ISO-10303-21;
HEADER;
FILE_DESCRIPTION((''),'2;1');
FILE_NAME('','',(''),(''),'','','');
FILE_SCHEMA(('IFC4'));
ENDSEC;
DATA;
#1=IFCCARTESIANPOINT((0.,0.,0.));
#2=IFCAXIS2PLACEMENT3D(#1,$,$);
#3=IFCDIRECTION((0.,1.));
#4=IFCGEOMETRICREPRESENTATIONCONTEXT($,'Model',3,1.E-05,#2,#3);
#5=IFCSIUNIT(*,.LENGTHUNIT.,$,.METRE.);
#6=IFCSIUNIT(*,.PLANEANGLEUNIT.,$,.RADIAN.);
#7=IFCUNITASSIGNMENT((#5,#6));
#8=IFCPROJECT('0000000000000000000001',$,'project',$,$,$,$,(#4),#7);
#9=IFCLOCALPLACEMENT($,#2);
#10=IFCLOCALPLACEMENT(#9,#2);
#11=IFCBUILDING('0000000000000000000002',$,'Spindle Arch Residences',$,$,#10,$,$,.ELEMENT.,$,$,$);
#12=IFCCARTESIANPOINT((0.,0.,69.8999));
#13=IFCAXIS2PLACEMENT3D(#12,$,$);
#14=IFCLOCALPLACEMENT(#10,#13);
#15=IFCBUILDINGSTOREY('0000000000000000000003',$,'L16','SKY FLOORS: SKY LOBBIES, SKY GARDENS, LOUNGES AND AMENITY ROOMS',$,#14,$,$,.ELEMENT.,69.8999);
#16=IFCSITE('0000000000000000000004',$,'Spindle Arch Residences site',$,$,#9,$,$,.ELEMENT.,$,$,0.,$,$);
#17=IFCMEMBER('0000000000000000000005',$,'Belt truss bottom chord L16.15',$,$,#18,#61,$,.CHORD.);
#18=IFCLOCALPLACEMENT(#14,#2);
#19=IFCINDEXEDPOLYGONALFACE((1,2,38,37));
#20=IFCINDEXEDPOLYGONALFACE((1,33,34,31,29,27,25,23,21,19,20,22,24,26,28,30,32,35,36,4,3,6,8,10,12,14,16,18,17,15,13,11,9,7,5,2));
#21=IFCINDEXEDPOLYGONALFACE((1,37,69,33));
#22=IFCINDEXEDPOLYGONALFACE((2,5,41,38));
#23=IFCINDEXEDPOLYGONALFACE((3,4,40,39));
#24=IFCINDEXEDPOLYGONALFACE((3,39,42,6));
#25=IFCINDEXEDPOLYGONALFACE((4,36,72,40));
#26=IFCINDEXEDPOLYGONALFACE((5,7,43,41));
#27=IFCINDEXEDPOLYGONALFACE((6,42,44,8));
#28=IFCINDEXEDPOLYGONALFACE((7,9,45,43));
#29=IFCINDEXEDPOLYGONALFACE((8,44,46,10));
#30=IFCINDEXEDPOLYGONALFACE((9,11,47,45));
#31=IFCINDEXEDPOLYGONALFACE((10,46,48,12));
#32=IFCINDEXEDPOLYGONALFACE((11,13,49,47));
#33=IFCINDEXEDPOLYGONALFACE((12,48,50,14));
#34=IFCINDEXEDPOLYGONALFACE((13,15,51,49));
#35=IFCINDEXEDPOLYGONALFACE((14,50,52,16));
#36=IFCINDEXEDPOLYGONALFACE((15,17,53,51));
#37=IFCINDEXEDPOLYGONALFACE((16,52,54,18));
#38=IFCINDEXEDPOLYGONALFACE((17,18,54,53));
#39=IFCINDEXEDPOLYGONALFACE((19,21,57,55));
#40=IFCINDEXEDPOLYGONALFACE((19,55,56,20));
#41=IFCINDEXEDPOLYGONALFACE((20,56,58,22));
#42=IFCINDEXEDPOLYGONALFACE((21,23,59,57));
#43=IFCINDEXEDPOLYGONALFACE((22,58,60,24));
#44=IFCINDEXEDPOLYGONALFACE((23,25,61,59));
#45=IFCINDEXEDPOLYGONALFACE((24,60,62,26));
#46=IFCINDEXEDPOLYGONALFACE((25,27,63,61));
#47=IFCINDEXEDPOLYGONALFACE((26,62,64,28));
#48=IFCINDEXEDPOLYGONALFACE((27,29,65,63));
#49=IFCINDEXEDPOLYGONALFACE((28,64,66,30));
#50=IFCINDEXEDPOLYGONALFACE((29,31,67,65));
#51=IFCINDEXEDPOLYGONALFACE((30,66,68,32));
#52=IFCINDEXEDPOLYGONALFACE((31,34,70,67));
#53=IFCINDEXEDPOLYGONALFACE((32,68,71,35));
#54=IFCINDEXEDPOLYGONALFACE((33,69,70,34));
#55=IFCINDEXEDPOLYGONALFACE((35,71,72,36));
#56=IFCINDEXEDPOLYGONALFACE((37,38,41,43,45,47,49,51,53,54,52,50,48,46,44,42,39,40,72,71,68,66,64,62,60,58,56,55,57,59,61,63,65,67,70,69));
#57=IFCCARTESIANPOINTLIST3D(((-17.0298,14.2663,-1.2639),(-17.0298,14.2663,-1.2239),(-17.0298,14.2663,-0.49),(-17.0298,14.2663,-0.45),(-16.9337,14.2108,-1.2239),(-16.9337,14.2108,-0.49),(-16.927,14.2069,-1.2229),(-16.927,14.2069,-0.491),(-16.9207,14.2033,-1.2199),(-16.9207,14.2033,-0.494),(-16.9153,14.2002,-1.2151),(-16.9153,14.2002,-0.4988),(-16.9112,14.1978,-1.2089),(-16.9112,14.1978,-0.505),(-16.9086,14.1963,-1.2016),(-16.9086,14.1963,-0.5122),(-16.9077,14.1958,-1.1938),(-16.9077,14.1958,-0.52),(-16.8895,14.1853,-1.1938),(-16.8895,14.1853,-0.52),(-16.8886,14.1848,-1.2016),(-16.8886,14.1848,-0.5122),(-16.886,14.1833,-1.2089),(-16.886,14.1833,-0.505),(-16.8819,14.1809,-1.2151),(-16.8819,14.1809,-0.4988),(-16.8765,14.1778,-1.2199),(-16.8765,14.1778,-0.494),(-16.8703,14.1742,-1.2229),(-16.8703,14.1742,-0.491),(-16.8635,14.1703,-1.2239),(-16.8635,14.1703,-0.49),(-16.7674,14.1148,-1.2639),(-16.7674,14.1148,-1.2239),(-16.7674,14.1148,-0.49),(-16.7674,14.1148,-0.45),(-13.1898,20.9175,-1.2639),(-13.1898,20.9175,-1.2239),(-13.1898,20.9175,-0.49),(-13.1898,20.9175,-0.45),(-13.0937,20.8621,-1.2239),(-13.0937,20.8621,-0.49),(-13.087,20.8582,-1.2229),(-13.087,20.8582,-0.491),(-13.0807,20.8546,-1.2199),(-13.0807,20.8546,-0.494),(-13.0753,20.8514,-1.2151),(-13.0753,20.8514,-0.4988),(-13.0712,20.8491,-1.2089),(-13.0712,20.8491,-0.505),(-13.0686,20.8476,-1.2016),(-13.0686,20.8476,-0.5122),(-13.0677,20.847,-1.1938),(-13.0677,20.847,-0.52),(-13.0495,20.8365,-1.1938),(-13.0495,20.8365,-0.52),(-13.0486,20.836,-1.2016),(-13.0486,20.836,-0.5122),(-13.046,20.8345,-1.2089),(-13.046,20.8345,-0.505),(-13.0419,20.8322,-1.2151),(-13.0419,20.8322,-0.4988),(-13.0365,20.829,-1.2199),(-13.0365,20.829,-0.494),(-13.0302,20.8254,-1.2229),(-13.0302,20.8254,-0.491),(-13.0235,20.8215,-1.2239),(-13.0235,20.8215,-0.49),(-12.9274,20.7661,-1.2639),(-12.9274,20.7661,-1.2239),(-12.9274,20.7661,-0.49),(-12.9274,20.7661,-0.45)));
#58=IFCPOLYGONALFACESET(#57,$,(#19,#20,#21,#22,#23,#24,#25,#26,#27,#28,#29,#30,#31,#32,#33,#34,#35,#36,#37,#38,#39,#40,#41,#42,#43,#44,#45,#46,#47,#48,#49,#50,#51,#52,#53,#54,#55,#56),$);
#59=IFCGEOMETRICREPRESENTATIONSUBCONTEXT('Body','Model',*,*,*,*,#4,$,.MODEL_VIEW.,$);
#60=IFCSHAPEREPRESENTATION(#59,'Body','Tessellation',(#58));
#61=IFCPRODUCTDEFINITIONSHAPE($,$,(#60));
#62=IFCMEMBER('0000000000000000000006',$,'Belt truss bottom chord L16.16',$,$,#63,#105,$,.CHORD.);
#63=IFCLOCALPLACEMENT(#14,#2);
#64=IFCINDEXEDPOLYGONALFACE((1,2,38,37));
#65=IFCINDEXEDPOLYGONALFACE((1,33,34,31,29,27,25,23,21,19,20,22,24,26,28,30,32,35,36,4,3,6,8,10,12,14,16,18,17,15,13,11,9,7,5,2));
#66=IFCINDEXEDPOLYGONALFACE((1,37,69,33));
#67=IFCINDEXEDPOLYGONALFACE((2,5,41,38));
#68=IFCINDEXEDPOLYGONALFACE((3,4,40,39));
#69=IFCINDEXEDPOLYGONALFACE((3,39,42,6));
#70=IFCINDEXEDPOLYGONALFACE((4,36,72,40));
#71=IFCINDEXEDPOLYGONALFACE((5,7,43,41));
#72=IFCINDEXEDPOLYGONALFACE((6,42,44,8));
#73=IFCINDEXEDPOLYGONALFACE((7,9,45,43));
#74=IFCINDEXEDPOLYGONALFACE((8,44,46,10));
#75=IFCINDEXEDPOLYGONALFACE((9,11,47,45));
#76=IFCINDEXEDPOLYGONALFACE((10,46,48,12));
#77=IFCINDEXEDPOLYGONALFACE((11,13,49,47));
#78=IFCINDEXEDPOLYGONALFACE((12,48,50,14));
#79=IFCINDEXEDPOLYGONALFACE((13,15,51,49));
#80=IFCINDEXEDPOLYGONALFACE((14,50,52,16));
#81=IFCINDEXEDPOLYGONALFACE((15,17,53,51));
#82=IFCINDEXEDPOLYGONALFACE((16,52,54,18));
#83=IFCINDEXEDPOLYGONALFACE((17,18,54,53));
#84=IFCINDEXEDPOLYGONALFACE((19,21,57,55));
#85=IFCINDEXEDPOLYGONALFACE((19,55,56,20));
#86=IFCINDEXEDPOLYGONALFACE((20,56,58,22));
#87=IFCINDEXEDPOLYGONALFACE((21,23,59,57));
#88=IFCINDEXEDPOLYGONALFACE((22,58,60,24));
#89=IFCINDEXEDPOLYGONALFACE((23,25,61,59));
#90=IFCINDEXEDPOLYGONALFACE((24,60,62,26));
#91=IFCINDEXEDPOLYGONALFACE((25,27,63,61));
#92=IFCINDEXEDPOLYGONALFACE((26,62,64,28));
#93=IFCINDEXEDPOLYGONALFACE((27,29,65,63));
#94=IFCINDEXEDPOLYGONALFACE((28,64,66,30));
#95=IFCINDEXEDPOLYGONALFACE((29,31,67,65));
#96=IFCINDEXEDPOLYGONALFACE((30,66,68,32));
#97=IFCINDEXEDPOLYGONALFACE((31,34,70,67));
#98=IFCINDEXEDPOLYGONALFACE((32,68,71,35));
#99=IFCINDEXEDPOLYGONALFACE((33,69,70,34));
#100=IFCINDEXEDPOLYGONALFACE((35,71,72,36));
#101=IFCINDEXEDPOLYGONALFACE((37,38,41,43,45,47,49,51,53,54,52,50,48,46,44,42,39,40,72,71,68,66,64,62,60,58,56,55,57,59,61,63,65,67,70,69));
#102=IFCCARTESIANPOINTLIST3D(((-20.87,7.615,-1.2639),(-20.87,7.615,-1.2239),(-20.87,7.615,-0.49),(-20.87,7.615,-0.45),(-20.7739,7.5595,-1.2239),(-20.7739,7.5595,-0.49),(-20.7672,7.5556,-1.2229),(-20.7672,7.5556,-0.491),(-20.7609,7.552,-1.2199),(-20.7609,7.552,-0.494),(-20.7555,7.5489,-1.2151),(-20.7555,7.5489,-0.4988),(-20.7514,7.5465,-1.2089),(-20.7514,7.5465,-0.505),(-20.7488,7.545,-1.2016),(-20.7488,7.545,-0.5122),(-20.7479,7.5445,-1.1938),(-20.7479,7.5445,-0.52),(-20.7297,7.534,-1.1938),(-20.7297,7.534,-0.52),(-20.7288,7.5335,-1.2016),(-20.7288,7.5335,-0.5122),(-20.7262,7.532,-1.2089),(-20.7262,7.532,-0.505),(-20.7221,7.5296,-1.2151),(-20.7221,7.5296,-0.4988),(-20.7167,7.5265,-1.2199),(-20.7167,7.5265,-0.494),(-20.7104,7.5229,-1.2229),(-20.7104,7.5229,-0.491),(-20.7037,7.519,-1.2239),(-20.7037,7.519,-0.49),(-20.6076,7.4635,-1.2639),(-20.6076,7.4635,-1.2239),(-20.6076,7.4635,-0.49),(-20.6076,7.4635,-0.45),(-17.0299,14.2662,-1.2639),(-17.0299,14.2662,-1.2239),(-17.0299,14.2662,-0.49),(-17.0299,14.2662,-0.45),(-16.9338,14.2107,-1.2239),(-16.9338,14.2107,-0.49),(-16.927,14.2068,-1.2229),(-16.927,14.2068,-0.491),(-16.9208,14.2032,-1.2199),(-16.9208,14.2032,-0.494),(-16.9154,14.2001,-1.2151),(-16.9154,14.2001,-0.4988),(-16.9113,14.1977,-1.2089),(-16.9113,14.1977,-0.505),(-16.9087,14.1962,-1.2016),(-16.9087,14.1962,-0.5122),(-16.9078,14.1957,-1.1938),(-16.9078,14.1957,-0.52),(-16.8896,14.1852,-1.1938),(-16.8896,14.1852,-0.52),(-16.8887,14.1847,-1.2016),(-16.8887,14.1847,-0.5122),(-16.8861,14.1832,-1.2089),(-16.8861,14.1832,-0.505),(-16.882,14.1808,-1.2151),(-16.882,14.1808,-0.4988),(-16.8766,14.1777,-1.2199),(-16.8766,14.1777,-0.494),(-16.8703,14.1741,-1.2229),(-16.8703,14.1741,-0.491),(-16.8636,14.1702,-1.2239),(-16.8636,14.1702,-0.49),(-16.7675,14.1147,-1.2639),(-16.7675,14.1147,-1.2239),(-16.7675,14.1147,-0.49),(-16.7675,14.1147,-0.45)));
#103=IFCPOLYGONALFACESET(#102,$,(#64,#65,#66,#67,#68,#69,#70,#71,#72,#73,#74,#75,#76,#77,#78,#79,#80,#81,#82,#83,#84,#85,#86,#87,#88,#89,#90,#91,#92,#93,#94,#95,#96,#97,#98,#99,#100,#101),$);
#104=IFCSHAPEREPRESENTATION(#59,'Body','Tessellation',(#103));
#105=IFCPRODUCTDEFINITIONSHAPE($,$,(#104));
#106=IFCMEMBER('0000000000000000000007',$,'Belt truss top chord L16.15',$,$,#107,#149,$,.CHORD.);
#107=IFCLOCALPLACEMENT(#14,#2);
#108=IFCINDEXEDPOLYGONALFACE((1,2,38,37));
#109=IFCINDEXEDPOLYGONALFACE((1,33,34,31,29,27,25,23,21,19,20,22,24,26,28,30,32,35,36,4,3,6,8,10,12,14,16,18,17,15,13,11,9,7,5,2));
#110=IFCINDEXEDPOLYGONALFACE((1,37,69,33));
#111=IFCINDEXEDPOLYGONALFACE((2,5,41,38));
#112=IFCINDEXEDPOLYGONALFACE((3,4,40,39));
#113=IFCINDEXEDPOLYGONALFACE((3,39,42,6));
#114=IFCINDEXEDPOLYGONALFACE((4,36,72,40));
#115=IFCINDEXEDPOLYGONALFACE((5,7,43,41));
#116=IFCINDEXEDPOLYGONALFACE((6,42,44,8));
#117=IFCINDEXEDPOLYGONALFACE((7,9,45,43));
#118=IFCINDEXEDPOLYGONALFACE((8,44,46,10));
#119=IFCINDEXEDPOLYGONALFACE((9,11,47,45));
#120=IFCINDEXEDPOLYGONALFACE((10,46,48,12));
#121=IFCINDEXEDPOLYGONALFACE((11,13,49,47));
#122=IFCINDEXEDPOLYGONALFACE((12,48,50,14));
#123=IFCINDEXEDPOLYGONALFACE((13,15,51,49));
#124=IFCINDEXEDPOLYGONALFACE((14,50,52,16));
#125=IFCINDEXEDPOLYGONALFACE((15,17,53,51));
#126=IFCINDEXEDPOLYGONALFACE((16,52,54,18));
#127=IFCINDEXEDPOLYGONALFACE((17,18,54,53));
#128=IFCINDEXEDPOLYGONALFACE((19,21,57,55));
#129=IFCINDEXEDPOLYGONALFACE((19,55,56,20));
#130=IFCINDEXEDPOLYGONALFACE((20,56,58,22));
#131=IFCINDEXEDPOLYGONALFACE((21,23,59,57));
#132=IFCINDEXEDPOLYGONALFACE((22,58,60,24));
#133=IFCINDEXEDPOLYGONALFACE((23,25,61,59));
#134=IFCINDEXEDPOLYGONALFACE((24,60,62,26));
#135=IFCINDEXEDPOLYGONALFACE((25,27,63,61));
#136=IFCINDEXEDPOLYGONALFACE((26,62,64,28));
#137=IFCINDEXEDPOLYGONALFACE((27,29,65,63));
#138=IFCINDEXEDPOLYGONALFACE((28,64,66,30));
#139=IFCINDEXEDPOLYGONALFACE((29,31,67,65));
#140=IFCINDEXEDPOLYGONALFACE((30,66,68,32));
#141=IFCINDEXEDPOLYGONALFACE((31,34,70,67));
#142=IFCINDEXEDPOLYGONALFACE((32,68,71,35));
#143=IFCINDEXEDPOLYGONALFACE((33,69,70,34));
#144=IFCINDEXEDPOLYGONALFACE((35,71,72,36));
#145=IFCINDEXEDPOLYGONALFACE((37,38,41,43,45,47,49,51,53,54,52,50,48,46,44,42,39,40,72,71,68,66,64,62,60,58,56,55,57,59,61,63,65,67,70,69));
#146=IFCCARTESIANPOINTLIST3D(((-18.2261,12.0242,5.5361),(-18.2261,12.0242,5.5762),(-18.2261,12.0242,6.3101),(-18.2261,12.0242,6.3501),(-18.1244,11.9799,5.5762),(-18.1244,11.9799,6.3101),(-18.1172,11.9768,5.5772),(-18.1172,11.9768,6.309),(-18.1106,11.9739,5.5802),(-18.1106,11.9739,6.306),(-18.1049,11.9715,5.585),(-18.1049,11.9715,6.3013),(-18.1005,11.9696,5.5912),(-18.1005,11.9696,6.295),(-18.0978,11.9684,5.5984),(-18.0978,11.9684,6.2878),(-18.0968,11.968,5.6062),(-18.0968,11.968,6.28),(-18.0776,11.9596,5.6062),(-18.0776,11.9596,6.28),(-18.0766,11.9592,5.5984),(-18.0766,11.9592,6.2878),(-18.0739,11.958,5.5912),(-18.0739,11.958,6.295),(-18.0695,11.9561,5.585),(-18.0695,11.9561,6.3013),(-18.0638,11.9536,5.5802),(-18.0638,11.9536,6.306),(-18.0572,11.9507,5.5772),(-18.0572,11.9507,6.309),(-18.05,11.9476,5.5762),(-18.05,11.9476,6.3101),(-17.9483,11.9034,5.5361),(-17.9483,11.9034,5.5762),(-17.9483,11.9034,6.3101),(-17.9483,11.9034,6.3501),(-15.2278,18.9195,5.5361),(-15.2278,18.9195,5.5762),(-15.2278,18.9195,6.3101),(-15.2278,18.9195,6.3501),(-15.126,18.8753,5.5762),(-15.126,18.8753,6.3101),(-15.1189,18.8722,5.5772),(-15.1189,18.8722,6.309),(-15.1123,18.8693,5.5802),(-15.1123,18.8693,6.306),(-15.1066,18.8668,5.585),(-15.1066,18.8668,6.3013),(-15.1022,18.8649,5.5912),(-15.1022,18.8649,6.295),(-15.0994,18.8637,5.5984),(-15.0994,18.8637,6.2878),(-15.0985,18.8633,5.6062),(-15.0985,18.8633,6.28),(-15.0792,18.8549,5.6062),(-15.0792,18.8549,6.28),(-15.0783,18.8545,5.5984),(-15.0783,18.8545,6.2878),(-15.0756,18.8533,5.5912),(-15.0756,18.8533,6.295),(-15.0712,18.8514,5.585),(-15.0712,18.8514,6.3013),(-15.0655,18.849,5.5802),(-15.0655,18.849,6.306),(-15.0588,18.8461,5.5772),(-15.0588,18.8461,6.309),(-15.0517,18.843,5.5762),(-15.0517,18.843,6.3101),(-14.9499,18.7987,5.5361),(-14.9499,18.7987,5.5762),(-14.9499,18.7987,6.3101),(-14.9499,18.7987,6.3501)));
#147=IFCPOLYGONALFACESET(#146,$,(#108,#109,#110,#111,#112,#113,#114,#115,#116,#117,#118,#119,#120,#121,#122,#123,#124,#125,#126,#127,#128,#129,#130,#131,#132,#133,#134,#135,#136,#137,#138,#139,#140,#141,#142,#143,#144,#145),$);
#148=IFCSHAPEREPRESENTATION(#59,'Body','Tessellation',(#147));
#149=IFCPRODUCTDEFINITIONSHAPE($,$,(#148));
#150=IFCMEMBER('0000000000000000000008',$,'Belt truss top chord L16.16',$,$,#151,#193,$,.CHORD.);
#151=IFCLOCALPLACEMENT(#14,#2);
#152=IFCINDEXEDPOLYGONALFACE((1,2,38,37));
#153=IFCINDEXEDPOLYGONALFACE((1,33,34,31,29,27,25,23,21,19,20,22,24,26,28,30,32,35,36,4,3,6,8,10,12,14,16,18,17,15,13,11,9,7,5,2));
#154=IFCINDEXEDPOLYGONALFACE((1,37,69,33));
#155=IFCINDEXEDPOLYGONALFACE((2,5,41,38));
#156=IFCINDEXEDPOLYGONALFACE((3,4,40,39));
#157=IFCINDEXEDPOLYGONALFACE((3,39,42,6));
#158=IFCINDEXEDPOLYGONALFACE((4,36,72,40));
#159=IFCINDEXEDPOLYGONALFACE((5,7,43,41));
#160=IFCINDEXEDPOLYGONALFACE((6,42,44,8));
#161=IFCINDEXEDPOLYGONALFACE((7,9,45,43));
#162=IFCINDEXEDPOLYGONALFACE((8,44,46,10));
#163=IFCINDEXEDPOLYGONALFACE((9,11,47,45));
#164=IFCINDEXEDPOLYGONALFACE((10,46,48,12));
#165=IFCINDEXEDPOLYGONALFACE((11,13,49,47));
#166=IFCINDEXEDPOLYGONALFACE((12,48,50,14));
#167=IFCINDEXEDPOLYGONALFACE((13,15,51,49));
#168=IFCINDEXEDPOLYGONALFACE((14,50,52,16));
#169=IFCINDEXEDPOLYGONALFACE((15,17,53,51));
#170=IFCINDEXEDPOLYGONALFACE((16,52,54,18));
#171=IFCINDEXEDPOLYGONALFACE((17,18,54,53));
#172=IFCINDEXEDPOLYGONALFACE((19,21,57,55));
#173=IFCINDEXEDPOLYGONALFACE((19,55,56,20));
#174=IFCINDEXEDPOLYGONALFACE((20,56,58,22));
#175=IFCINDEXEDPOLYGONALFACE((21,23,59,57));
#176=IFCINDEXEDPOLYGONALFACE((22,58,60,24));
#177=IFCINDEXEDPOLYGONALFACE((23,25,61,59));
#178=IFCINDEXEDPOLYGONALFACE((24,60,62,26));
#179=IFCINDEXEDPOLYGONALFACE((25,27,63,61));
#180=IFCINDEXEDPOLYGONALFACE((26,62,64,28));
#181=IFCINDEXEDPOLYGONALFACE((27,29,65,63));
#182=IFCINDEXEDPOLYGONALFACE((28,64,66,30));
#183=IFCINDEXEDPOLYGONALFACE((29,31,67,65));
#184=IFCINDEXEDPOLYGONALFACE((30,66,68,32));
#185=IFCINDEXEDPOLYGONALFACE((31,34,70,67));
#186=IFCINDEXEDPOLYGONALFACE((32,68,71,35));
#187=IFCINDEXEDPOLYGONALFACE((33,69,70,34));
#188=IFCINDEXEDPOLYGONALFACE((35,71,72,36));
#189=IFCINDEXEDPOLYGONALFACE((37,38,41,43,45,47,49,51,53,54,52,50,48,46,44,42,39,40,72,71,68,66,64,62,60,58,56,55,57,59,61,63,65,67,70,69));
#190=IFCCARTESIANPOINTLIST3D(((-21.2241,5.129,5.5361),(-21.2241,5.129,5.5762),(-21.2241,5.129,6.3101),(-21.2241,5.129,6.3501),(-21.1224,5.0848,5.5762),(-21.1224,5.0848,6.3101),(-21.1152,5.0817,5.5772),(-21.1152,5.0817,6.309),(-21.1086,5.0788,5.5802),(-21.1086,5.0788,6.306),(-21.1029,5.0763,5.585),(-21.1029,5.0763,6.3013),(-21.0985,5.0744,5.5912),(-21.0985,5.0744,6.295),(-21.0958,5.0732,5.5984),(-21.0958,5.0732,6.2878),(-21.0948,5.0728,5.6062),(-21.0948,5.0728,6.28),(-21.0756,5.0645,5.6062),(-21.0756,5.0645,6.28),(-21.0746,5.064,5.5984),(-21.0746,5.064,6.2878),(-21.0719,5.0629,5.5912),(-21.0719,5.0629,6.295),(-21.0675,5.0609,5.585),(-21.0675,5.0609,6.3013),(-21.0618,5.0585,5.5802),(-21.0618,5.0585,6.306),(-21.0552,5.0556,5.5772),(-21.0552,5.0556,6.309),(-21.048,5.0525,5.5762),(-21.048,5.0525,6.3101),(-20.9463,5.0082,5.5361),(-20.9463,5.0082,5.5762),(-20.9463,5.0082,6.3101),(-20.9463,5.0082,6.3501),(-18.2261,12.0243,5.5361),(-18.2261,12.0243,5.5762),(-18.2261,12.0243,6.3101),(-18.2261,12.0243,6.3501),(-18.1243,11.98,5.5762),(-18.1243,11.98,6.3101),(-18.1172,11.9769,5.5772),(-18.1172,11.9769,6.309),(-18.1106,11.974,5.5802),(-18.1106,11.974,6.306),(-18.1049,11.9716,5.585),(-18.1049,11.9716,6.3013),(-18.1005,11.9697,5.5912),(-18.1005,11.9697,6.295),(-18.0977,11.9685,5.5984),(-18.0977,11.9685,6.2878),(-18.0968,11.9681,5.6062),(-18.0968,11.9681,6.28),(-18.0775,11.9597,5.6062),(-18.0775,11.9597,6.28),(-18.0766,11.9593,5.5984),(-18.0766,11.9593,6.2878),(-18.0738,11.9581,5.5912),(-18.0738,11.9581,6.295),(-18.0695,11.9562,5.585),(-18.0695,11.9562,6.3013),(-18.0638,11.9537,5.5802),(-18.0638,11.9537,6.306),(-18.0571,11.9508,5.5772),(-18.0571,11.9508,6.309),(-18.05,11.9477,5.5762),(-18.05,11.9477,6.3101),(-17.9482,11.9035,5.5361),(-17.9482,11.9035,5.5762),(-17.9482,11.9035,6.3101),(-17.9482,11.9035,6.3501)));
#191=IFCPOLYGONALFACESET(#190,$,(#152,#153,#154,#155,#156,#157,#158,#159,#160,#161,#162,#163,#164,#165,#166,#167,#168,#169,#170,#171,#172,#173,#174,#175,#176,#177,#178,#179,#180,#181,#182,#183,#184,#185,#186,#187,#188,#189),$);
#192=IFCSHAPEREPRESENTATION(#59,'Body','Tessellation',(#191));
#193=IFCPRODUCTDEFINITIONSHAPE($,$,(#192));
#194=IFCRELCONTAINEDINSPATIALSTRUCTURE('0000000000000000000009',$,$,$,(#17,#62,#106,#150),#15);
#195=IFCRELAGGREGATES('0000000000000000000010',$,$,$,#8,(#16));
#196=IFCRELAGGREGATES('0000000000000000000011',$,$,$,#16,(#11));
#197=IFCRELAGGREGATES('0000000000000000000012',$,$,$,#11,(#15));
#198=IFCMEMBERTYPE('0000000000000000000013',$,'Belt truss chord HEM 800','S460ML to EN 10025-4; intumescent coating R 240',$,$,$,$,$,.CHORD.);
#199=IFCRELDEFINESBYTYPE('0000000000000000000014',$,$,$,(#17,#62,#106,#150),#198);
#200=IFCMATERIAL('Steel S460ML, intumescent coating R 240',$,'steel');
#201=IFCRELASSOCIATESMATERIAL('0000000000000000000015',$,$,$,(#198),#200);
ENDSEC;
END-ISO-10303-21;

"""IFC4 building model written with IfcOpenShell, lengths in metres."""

from ifc_helpers import new_model, si_unit, direction, frame, origin, origin_2d, place, context, subcontext, project, spatial, i_section, extrude, material, material_profile, profile_set, type_object, element, save


model = new_model("IFC4")

# Units and contexts
model_context = context("Model", 3, precision=1e-05, world=origin(), true_north=direction((0.0, 1.0)))
body_context = subcontext(model_context, "Body", "Model", "MODEL_VIEW")
ifc_project = project(units=[si_unit("LENGTHUNIT", "METRE"), si_unit("PLANEANGLEUNIT", "RADIAN")], contexts=[model_context])

# Site, building, storey
site_placement = place(None, origin())
site = spatial("IfcSite", under=ifc_project, at=site_placement, Name="Spindle Arch Residences site", CompositionType="ELEMENT", RefElevation=0.0)
building_placement = place(site_placement, origin())
building = spatial("IfcBuilding", under=site, at=building_placement, Name="Spindle Arch Residences", CompositionType="ELEMENT")
storey_placement = place(building_placement, frame((0.0, 0.0, 69.8999)))
storey = spatial("IfcBuildingStorey", under=building, at=storey_placement, Name="L16", Description="SKY FLOORS: SKY LOBBIES, SKY GARDENS, LOUNGES AND AMENITY ROOMS", CompositionType="ELEMENT", Elevation=69.8999)

# Members
ifc_material_1 = material(Name="Steel S460ML, intumescent coating R 240", Category="steel")
ifc_material_profile_1 = material_profile(ifc_material_1, i_section(OverallWidth=0.303, OverallDepth=0.814, WebThickness=0.021, FlangeThickness=0.04, FilletRadius=0.03, at=origin_2d()), Name="HEM 800")
ifc_profile_set_1 = profile_set([ifc_material_profile_1], Name="Steel S460ML, intumescent coating R 240")
member_type_1 = type_object("IfcMemberType", Name="Belt truss chord HEM 800", Description="S460ML to EN 10025-4; intumescent coating R 240", PredefinedType="CHORD", material=ifc_profile_set_1)
for number, where, z_axis, x_axis, name in (
    (1, (-13.0586, 20.8418, -0.8569), (-0.499992, -0.86603, 0.0), (0.86603, -0.499992, 0.0), "Belt truss bottom chord L16.15"),
    (2, (-16.8987, 14.1904, -0.8569), (-0.500006, -0.866022, 0.0), (0.866022, -0.500006, 0.0), "Belt truss bottom chord L16.16"),
):
    element("IfcMember", number, at=place(storey_placement, frame(where, z_axis=z_axis, x_axis=x_axis)), inside=storey, type_object=member_type_1, Name=name, PredefinedType="CHORD", context=body_context, shape_type="SweptSolid", body=[
        extrude(i_section(OverallWidth=0.303, OverallDepth=0.814, WebThickness=0.021, FlangeThickness=0.04, FilletRadius=0.03, at=origin_2d()), origin(), (0.0, 0.0, 1.0), 7.6802),
    ])
member_1_placement = place(storey_placement, frame((-15.0889, 18.8591, 5.9431), z_axis=(-0.398765, -0.917053, 0.0), x_axis=(0.917053, -0.398765, 0.0)))
element("IfcMember", 3, at=member_1_placement, inside=storey, type_object=member_type_1, Name="Belt truss top chord L16.15", PredefinedType="CHORD", context=body_context, shape_type="SweptSolid", body=[
    extrude(i_section(OverallWidth=0.303, OverallDepth=0.814, WebThickness=0.021, FlangeThickness=0.04, FilletRadius=0.03, at=origin_2d()), origin(), (0.0, 0.0, 1.0), 7.519),
])
member_2_placement = place(storey_placement, frame((-18.0872, 11.9639, 5.9431), z_axis=(-0.398738, -0.917065, 0.0), x_axis=(0.917065, -0.398738, 0.0)))
element("IfcMember", 4, at=member_2_placement, inside=storey, type_object=member_type_1, Name="Belt truss top chord L16.16", PredefinedType="CHORD", context=body_context, shape_type="SweptSolid", body=[
    extrude(i_section(OverallWidth=0.303, OverallDepth=0.814, WebThickness=0.021, FlangeThickness=0.04, FilletRadius=0.03, at=origin_2d()), origin(), (0.0, 0.0, 1.0), 7.5188),
])

save(model, "model.ifc")
